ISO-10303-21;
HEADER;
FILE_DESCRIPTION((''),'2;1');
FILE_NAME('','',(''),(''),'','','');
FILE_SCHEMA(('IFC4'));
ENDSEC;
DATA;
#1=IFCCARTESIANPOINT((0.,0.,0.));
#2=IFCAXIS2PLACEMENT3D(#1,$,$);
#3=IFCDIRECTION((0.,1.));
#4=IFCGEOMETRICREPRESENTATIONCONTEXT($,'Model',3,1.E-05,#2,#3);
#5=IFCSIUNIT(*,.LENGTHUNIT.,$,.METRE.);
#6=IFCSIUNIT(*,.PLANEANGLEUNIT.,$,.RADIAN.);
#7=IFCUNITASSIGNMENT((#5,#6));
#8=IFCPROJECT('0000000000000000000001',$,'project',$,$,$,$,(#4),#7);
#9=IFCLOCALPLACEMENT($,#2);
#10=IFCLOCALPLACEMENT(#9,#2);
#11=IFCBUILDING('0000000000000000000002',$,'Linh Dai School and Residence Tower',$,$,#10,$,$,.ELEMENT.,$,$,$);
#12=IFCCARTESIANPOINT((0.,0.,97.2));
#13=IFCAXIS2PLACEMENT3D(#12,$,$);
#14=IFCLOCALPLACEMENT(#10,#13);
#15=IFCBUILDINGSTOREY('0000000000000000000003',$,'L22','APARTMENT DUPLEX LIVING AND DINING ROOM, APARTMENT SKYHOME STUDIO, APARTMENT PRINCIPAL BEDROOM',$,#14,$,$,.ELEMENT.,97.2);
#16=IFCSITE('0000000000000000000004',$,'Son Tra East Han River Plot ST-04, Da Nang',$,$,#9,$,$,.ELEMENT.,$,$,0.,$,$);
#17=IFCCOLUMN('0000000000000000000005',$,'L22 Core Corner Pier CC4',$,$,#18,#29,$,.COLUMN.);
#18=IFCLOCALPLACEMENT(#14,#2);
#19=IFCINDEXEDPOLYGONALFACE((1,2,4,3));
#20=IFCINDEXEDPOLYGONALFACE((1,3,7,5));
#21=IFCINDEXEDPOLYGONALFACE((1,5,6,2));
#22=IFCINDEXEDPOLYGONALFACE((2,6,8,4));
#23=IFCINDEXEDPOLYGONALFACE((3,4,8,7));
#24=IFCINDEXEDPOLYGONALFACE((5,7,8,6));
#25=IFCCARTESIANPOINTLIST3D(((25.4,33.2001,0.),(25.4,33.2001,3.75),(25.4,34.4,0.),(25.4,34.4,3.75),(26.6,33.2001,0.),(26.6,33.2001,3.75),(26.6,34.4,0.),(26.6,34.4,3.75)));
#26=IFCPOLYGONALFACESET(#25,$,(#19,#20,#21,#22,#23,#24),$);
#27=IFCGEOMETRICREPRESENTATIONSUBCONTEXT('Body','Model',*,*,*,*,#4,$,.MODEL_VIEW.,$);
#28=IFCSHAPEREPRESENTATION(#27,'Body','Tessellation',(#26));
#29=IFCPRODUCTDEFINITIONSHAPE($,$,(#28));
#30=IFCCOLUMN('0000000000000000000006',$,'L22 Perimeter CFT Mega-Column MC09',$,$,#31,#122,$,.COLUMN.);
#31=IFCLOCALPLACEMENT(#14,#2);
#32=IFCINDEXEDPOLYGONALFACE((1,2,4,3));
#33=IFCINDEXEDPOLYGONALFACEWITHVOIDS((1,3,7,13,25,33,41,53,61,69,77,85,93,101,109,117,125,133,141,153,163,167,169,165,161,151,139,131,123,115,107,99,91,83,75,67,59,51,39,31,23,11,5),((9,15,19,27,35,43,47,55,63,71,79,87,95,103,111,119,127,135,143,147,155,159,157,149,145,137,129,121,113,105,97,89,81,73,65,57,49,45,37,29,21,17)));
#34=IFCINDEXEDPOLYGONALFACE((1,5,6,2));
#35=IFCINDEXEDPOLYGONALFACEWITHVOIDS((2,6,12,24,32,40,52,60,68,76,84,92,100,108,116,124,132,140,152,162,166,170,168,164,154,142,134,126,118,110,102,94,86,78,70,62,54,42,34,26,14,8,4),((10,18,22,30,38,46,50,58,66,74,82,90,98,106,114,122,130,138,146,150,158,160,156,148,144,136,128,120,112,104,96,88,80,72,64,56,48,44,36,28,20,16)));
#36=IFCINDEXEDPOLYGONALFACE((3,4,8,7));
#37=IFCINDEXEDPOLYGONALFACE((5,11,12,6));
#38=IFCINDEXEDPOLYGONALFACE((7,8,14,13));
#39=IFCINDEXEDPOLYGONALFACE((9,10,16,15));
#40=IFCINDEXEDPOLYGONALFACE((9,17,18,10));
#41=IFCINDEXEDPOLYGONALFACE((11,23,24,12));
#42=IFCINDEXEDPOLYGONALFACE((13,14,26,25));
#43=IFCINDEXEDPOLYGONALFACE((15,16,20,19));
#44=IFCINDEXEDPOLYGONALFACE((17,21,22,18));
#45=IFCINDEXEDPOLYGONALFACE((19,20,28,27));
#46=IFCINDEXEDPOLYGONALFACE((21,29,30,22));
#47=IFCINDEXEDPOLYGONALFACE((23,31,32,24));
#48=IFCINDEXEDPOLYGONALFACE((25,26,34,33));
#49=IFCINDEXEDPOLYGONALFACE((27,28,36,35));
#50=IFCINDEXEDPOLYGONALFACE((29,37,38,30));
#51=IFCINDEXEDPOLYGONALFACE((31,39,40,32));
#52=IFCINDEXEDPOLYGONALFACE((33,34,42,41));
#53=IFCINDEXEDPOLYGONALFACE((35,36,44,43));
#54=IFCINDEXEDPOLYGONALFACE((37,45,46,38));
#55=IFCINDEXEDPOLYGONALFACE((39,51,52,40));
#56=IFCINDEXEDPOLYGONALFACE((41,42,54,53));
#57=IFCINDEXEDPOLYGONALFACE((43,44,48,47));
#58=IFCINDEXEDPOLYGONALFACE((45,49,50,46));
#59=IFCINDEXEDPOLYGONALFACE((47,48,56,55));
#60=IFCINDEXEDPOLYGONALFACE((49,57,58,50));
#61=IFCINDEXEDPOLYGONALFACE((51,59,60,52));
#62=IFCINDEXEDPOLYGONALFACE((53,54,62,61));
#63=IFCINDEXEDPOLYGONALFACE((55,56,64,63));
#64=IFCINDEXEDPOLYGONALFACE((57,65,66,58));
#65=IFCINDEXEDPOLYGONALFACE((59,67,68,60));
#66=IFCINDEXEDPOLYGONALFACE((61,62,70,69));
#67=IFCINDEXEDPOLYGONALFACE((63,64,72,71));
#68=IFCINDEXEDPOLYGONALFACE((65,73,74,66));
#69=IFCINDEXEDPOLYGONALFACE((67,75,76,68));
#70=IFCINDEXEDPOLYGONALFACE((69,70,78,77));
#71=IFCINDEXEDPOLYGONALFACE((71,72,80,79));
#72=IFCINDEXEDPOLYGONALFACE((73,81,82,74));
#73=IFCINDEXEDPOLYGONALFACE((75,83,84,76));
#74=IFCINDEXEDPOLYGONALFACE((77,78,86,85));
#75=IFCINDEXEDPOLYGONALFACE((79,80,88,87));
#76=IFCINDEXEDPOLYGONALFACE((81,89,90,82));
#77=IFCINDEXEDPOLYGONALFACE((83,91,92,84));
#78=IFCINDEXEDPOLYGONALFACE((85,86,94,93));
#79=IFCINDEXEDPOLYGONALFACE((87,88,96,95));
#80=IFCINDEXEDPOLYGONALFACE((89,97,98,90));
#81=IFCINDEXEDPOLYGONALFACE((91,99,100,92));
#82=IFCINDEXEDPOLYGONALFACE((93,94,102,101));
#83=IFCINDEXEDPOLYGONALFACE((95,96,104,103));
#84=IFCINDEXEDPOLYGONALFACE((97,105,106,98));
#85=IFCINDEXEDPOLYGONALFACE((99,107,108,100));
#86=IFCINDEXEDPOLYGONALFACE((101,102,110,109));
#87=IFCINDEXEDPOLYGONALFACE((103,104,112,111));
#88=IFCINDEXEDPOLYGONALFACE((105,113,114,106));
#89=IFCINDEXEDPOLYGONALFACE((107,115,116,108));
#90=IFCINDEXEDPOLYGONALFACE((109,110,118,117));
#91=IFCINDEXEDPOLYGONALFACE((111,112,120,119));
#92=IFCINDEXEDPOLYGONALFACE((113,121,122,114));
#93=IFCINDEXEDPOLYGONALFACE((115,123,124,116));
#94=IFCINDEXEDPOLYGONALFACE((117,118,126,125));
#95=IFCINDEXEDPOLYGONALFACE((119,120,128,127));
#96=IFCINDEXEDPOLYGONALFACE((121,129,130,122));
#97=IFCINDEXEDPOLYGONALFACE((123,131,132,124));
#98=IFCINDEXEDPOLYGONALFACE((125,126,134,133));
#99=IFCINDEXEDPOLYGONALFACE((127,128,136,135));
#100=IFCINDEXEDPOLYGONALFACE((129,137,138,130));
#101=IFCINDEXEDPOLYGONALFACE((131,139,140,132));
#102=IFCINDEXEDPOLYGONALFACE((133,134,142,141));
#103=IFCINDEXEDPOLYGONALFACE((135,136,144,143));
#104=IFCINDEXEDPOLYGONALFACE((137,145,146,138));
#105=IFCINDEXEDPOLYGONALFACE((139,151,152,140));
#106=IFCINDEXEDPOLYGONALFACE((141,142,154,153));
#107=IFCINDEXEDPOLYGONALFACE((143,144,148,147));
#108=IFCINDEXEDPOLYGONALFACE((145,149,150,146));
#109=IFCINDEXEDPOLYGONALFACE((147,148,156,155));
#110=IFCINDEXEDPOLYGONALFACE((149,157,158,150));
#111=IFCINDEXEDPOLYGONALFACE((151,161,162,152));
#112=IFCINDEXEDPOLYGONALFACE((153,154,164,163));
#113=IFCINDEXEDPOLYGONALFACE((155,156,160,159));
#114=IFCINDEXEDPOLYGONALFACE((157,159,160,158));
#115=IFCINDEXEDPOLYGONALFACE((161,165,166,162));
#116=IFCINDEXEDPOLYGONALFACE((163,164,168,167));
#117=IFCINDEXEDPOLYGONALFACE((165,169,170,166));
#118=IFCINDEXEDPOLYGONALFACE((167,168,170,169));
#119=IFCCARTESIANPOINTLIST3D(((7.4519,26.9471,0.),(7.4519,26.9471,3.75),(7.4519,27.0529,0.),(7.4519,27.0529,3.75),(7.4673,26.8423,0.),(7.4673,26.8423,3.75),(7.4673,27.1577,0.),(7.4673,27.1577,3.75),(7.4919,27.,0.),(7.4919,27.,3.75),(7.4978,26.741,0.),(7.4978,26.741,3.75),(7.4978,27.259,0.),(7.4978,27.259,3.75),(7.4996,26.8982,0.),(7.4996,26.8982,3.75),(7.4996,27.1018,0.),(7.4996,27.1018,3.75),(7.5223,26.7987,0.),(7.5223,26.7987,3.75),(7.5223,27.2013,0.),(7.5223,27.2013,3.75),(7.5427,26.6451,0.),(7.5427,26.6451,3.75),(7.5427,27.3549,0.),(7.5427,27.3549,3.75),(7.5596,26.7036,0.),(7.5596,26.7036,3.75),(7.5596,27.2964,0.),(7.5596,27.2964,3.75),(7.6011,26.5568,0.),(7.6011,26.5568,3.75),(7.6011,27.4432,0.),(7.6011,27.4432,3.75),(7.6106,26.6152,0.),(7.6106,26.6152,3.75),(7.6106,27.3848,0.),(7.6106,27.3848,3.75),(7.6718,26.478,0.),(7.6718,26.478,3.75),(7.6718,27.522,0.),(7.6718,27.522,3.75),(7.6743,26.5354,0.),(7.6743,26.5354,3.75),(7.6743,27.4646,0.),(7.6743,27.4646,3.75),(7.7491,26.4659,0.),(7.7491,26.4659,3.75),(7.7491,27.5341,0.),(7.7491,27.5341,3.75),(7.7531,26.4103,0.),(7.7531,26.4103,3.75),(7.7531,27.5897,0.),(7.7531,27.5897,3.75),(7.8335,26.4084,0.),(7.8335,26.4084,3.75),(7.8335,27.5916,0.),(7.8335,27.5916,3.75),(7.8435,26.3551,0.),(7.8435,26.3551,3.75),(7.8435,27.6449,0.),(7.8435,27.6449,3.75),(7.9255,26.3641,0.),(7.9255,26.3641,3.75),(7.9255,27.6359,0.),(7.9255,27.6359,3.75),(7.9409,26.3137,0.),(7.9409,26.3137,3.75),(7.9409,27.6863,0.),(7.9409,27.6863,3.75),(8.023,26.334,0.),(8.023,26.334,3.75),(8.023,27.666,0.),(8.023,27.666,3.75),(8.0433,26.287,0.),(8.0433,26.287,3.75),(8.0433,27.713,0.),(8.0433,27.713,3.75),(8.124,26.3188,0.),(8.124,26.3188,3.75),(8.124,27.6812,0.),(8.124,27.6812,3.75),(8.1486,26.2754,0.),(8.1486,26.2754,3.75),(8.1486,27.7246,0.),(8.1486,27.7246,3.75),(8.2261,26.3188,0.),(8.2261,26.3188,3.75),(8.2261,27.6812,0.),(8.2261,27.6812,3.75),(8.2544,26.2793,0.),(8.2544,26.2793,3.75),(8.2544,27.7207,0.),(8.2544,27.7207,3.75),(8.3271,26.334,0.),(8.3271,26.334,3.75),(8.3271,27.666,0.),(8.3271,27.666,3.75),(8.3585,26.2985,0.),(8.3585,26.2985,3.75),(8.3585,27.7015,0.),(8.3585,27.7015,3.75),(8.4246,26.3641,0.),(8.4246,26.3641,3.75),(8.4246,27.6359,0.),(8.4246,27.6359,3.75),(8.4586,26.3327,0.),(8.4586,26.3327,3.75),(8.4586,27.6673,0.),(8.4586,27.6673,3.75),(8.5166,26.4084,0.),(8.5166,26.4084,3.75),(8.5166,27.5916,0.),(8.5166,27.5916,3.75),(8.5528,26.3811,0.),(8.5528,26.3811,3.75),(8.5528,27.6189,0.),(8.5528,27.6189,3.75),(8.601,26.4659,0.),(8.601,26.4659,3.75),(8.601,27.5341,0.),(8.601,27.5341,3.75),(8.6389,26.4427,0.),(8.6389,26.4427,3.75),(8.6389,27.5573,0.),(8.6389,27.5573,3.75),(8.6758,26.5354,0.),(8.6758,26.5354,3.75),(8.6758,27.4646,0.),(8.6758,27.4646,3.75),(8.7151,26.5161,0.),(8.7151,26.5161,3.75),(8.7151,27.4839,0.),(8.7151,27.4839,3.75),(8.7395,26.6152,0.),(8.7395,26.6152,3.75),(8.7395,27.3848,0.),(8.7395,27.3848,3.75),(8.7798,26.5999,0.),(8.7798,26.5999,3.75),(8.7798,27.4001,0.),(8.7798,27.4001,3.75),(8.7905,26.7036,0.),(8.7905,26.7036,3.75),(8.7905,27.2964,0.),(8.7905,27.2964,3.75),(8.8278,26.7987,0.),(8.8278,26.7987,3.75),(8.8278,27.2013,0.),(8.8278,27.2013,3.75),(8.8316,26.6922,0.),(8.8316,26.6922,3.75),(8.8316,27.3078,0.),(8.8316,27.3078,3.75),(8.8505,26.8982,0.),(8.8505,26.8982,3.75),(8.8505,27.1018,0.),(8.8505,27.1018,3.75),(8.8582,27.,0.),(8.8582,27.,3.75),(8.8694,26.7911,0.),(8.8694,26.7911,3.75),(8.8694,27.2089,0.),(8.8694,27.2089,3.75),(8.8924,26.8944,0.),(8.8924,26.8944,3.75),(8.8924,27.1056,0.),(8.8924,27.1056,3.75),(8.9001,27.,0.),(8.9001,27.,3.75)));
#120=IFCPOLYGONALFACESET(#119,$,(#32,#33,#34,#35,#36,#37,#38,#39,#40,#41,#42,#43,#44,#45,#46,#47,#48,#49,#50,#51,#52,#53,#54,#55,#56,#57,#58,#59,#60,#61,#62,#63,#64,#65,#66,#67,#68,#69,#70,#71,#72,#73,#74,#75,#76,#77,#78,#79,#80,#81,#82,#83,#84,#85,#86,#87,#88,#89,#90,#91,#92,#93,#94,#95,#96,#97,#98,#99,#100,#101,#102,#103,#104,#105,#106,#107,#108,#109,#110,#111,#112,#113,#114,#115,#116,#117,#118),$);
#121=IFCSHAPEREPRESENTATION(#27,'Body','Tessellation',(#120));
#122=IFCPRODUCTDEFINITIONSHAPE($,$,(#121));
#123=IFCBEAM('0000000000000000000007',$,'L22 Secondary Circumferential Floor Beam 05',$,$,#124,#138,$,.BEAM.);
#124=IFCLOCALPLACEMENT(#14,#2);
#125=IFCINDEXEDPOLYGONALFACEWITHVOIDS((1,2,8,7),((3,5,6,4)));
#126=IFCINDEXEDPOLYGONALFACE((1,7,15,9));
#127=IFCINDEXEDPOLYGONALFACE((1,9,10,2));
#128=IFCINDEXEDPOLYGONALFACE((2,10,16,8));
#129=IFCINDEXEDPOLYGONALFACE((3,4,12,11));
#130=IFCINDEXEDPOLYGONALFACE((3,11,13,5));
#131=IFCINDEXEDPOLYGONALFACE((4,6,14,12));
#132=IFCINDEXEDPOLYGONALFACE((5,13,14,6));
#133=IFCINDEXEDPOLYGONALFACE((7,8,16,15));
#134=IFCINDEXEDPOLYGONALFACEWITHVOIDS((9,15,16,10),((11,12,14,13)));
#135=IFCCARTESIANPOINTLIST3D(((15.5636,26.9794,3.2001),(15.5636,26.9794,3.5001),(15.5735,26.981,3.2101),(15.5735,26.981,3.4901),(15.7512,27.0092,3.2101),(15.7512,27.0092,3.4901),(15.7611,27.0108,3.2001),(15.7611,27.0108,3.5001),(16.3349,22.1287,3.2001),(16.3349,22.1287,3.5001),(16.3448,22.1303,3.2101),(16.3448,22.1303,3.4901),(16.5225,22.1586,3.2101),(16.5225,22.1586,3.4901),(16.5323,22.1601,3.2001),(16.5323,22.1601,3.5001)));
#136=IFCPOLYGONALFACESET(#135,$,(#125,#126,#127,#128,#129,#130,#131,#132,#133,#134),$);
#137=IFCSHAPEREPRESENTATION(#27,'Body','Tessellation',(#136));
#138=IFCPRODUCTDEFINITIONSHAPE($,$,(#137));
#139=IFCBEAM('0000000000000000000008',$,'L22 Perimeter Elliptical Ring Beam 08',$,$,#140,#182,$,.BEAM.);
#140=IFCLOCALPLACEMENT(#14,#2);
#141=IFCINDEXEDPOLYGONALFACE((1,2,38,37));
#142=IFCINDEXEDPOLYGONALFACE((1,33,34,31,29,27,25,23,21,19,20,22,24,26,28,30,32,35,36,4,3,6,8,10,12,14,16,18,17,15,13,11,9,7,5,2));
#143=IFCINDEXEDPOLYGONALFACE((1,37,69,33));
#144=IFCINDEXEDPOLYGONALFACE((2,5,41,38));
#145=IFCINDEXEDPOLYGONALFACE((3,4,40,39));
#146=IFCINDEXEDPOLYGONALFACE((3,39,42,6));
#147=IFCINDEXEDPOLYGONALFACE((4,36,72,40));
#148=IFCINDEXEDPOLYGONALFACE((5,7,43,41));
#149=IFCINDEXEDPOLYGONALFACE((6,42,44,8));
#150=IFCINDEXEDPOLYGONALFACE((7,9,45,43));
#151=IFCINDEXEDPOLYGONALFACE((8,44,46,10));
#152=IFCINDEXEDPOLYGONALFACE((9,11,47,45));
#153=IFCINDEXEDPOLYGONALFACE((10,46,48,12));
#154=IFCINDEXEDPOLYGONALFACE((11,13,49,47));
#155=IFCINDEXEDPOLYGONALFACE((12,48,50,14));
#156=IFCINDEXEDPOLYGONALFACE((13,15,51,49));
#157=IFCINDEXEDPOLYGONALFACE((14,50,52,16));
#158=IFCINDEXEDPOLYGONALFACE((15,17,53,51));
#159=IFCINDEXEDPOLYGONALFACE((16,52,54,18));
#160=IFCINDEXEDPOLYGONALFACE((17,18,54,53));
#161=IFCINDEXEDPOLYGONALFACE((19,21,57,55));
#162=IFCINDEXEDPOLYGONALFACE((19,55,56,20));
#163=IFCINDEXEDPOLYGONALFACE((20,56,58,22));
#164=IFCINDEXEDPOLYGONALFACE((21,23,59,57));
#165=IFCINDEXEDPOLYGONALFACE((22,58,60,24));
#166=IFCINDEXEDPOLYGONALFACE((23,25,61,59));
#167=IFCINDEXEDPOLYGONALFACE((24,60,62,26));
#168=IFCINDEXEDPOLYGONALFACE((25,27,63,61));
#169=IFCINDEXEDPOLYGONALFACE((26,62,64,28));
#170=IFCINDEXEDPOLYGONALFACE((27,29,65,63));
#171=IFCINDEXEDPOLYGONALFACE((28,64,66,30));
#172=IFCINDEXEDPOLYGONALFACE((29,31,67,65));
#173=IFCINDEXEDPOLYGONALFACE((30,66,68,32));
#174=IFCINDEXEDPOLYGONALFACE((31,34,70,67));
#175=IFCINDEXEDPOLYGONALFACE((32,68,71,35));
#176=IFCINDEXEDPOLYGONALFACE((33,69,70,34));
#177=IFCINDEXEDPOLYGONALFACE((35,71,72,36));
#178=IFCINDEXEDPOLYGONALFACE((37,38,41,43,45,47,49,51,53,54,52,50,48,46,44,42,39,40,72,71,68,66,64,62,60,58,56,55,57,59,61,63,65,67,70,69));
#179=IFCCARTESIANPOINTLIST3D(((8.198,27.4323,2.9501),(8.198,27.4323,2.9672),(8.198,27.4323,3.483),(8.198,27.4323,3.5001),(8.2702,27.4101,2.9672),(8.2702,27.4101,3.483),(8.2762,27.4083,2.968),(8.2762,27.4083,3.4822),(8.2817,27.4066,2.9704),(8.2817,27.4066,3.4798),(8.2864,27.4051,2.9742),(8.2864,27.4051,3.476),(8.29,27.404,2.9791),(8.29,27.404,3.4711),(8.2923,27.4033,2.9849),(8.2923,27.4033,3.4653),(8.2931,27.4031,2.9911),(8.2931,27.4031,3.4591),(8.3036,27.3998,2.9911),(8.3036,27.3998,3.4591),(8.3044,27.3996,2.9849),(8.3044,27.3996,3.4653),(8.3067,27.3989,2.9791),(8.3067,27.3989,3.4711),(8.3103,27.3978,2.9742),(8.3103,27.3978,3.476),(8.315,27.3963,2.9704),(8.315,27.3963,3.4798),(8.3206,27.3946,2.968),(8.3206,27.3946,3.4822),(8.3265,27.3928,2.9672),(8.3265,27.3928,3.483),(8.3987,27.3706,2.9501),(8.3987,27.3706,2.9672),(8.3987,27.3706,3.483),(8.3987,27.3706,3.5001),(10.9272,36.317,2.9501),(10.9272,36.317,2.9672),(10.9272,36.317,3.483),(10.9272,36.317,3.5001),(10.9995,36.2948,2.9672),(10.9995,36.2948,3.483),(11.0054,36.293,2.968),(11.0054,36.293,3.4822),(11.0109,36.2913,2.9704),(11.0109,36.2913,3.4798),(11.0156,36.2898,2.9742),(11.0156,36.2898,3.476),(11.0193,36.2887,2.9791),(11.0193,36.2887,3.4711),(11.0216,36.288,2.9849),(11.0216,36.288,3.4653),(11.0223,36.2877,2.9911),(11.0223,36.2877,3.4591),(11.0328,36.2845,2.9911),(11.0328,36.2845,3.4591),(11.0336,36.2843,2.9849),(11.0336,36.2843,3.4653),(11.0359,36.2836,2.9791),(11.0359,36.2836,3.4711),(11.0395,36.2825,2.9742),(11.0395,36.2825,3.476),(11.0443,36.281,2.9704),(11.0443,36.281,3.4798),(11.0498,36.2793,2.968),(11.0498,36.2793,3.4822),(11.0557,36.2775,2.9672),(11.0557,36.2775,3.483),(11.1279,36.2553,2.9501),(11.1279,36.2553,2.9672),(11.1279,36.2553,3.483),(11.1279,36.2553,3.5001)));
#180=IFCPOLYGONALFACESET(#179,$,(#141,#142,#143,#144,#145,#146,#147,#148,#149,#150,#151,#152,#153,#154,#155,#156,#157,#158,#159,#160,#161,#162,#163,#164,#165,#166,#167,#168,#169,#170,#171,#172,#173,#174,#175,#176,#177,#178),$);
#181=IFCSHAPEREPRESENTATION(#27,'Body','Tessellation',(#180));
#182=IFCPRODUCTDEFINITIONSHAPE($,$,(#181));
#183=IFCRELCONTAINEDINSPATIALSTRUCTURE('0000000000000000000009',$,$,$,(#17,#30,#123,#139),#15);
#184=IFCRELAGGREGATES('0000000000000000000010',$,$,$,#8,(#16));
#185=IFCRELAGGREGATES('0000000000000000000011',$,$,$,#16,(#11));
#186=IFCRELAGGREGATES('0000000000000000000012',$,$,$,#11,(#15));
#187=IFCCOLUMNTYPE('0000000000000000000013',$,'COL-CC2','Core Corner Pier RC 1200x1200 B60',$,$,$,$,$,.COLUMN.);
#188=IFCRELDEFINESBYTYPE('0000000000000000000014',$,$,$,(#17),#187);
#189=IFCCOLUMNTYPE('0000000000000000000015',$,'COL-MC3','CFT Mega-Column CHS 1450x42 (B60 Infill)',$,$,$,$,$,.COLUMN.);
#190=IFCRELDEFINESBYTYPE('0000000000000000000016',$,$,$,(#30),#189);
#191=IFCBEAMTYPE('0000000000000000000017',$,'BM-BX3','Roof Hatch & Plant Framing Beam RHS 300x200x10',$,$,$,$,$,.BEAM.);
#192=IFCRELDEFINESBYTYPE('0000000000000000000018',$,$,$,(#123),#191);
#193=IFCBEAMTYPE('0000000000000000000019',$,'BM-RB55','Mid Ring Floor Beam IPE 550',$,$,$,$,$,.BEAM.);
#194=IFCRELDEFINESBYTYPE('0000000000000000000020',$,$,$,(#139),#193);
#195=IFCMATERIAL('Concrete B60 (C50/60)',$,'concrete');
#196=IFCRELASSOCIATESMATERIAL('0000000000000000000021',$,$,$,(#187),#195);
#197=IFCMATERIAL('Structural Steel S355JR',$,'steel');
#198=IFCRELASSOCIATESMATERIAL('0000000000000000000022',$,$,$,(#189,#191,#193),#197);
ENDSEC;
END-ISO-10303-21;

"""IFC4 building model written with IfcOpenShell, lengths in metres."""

from ifc_helpers import new_model, si_unit, direction, frame, origin, origin_2d, place, context, subcontext, project, spatial, rectangle, hollow_rectangle, hollow_circle, i_section, extrude, material, material_profile, profile_set, type_object, element, save


model = new_model("IFC4")

# Units and contexts
model_context = context("Model", 3, precision=1e-05, world=origin(), true_north=direction((0.0, 1.0)))
body_context = subcontext(model_context, "Body", "Model", "MODEL_VIEW")
ifc_project = project(units=[si_unit("LENGTHUNIT", "METRE"), si_unit("PLANEANGLEUNIT", "RADIAN")], contexts=[model_context])

# Site, building, storey
site_placement = place(None, origin())
site = spatial("IfcSite", under=ifc_project, at=site_placement, Name="Son Tra East Han River Plot ST-04, Da Nang", CompositionType="ELEMENT", RefElevation=0.0)
building_placement = place(site_placement, origin())
building = spatial("IfcBuilding", under=site, at=building_placement, Name="Linh Dai School and Residence Tower", CompositionType="ELEMENT")
storey_placement = place(building_placement, frame((0.0, 0.0, 97.2)))
storey = spatial("IfcBuildingStorey", under=building, at=storey_placement, Name="L22", Description="APARTMENT DUPLEX LIVING AND DINING ROOM, APARTMENT SKYHOME STUDIO, APARTMENT PRINCIPAL BEDROOM", CompositionType="ELEMENT", Elevation=97.2)

# Columns
ifc_material_1 = material(Name="Concrete B60 (C50/60)", Category="concrete")
ifc_material_profile_1 = material_profile(ifc_material_1, rectangle(XDim=1.2, YDim=1.2, at=origin_2d()), Name="RC 1200x1200")
ifc_profile_set_1 = profile_set([ifc_material_profile_1], Name="Concrete B60 (C50/60)")
column_type_1 = type_object("IfcColumnType", Name="COL-CC2", Description="Core Corner Pier RC 1200x1200 B60", PredefinedType="COLUMN", material=ifc_profile_set_1)
column_1_placement = place(storey_placement, frame((26.0, 33.8, 0.0), z_axis=(0.0, 0.0, 1.0), x_axis=(1.0, 0.0, 0.0)))
element("IfcColumn", 1, at=column_1_placement, inside=storey, type_object=column_type_1, Name="L22 Core Corner Pier CC4", PredefinedType="COLUMN", context=body_context, shape_type="SweptSolid", body=[
    extrude(rectangle(XDim=1.2, YDim=1.2, at=origin_2d()), origin(), (0.0, 0.0, 1.0), 3.75),
])
ifc_material_2 = material(Name="Structural Steel S355JR", Category="steel")
ifc_material_profile_2 = material_profile(ifc_material_2, hollow_circle(Radius=0.7251, WallThickness=0.042, at=origin_2d()), Name="CHS 1450x42")
ifc_profile_set_2 = profile_set([ifc_material_profile_2], Name="Structural Steel S355JR")
column_type_2 = type_object("IfcColumnType", Name="COL-MC3", Description="CFT Mega-Column CHS 1450x42 (B60 Infill)", PredefinedType="COLUMN", material=ifc_profile_set_2)
column_2_placement = place(storey_placement, frame((8.175, 27.0, 0.0), z_axis=(0.0, 0.0, 1.0), x_axis=(1.0, 0.0, 0.0)))
element("IfcColumn", 2, at=column_2_placement, inside=storey, type_object=column_type_2, Name="L22 Perimeter CFT Mega-Column MC09", PredefinedType="COLUMN", context=body_context, shape_type="SweptSolid", body=[
    extrude(hollow_circle(Radius=0.7251, WallThickness=0.042, at=origin_2d()), origin(), (0.0, 0.0, 1.0), 3.75),
])

# Beams
ifc_material_profile_3 = material_profile(ifc_material_2, hollow_rectangle(XDim=0.2, YDim=0.3, WallThickness=0.01, at=origin_2d()), Name="RHS 300x200x10")
ifc_profile_set_3 = profile_set([ifc_material_profile_3], Name="Structural Steel S355JR")
beam_type_1 = type_object("IfcBeamType", Name="BM-BX3", Description="Roof Hatch & Plant Framing Beam RHS 300x200x10", PredefinedType="BEAM", material=ifc_profile_set_3)
beam_1_placement = place(storey_placement, frame((15.6624, 26.9951, 3.3501), z_axis=(0.157027, -0.987594, 0.0), x_axis=(0.987594, 0.157027, 0.0)))
element("IfcBeam", 3, at=beam_1_placement, inside=storey, type_object=beam_type_1, Name="L22 Secondary Circumferential Floor Beam 05", PredefinedType="BEAM", context=body_context, shape_type="SweptSolid", body=[
    extrude(hollow_rectangle(XDim=0.2, YDim=0.3, WallThickness=0.01, at=origin_2d()), origin(), (0.0, 0.0, 1.0), 4.9116),
])
ifc_material_profile_4 = material_profile(ifc_material_2, i_section(OverallWidth=0.21, OverallDepth=0.55, WebThickness=0.011, FlangeThickness=0.0171, FilletRadius=0.0239, at=origin_2d()), Name="IPE 550")
ifc_profile_set_4 = profile_set([ifc_material_profile_4], Name="Structural Steel S355JR")
beam_type_2 = type_object("IfcBeamType", Name="BM-RB55", Description="Mid Ring Floor Beam IPE 550", PredefinedType="BEAM", material=ifc_profile_set_4)
beam_2_placement = place(storey_placement, frame((11.0276, 36.2861, 3.2251), z_axis=(-0.293641, -0.955916, 0.0), x_axis=(0.955916, -0.293641, 0.0)))
element("IfcBeam", 4, at=beam_2_placement, inside=storey, type_object=beam_type_2, Name="L22 Perimeter Elliptical Ring Beam 08", PredefinedType="BEAM", context=body_context, shape_type="SweptSolid", body=[
    extrude(i_section(OverallWidth=0.21, OverallDepth=0.55, WebThickness=0.011, FlangeThickness=0.0171, FilletRadius=0.0239, at=origin_2d()), origin(), (0.0, 0.0, 1.0), 9.2944),
])

save(model, "model.ifc")
